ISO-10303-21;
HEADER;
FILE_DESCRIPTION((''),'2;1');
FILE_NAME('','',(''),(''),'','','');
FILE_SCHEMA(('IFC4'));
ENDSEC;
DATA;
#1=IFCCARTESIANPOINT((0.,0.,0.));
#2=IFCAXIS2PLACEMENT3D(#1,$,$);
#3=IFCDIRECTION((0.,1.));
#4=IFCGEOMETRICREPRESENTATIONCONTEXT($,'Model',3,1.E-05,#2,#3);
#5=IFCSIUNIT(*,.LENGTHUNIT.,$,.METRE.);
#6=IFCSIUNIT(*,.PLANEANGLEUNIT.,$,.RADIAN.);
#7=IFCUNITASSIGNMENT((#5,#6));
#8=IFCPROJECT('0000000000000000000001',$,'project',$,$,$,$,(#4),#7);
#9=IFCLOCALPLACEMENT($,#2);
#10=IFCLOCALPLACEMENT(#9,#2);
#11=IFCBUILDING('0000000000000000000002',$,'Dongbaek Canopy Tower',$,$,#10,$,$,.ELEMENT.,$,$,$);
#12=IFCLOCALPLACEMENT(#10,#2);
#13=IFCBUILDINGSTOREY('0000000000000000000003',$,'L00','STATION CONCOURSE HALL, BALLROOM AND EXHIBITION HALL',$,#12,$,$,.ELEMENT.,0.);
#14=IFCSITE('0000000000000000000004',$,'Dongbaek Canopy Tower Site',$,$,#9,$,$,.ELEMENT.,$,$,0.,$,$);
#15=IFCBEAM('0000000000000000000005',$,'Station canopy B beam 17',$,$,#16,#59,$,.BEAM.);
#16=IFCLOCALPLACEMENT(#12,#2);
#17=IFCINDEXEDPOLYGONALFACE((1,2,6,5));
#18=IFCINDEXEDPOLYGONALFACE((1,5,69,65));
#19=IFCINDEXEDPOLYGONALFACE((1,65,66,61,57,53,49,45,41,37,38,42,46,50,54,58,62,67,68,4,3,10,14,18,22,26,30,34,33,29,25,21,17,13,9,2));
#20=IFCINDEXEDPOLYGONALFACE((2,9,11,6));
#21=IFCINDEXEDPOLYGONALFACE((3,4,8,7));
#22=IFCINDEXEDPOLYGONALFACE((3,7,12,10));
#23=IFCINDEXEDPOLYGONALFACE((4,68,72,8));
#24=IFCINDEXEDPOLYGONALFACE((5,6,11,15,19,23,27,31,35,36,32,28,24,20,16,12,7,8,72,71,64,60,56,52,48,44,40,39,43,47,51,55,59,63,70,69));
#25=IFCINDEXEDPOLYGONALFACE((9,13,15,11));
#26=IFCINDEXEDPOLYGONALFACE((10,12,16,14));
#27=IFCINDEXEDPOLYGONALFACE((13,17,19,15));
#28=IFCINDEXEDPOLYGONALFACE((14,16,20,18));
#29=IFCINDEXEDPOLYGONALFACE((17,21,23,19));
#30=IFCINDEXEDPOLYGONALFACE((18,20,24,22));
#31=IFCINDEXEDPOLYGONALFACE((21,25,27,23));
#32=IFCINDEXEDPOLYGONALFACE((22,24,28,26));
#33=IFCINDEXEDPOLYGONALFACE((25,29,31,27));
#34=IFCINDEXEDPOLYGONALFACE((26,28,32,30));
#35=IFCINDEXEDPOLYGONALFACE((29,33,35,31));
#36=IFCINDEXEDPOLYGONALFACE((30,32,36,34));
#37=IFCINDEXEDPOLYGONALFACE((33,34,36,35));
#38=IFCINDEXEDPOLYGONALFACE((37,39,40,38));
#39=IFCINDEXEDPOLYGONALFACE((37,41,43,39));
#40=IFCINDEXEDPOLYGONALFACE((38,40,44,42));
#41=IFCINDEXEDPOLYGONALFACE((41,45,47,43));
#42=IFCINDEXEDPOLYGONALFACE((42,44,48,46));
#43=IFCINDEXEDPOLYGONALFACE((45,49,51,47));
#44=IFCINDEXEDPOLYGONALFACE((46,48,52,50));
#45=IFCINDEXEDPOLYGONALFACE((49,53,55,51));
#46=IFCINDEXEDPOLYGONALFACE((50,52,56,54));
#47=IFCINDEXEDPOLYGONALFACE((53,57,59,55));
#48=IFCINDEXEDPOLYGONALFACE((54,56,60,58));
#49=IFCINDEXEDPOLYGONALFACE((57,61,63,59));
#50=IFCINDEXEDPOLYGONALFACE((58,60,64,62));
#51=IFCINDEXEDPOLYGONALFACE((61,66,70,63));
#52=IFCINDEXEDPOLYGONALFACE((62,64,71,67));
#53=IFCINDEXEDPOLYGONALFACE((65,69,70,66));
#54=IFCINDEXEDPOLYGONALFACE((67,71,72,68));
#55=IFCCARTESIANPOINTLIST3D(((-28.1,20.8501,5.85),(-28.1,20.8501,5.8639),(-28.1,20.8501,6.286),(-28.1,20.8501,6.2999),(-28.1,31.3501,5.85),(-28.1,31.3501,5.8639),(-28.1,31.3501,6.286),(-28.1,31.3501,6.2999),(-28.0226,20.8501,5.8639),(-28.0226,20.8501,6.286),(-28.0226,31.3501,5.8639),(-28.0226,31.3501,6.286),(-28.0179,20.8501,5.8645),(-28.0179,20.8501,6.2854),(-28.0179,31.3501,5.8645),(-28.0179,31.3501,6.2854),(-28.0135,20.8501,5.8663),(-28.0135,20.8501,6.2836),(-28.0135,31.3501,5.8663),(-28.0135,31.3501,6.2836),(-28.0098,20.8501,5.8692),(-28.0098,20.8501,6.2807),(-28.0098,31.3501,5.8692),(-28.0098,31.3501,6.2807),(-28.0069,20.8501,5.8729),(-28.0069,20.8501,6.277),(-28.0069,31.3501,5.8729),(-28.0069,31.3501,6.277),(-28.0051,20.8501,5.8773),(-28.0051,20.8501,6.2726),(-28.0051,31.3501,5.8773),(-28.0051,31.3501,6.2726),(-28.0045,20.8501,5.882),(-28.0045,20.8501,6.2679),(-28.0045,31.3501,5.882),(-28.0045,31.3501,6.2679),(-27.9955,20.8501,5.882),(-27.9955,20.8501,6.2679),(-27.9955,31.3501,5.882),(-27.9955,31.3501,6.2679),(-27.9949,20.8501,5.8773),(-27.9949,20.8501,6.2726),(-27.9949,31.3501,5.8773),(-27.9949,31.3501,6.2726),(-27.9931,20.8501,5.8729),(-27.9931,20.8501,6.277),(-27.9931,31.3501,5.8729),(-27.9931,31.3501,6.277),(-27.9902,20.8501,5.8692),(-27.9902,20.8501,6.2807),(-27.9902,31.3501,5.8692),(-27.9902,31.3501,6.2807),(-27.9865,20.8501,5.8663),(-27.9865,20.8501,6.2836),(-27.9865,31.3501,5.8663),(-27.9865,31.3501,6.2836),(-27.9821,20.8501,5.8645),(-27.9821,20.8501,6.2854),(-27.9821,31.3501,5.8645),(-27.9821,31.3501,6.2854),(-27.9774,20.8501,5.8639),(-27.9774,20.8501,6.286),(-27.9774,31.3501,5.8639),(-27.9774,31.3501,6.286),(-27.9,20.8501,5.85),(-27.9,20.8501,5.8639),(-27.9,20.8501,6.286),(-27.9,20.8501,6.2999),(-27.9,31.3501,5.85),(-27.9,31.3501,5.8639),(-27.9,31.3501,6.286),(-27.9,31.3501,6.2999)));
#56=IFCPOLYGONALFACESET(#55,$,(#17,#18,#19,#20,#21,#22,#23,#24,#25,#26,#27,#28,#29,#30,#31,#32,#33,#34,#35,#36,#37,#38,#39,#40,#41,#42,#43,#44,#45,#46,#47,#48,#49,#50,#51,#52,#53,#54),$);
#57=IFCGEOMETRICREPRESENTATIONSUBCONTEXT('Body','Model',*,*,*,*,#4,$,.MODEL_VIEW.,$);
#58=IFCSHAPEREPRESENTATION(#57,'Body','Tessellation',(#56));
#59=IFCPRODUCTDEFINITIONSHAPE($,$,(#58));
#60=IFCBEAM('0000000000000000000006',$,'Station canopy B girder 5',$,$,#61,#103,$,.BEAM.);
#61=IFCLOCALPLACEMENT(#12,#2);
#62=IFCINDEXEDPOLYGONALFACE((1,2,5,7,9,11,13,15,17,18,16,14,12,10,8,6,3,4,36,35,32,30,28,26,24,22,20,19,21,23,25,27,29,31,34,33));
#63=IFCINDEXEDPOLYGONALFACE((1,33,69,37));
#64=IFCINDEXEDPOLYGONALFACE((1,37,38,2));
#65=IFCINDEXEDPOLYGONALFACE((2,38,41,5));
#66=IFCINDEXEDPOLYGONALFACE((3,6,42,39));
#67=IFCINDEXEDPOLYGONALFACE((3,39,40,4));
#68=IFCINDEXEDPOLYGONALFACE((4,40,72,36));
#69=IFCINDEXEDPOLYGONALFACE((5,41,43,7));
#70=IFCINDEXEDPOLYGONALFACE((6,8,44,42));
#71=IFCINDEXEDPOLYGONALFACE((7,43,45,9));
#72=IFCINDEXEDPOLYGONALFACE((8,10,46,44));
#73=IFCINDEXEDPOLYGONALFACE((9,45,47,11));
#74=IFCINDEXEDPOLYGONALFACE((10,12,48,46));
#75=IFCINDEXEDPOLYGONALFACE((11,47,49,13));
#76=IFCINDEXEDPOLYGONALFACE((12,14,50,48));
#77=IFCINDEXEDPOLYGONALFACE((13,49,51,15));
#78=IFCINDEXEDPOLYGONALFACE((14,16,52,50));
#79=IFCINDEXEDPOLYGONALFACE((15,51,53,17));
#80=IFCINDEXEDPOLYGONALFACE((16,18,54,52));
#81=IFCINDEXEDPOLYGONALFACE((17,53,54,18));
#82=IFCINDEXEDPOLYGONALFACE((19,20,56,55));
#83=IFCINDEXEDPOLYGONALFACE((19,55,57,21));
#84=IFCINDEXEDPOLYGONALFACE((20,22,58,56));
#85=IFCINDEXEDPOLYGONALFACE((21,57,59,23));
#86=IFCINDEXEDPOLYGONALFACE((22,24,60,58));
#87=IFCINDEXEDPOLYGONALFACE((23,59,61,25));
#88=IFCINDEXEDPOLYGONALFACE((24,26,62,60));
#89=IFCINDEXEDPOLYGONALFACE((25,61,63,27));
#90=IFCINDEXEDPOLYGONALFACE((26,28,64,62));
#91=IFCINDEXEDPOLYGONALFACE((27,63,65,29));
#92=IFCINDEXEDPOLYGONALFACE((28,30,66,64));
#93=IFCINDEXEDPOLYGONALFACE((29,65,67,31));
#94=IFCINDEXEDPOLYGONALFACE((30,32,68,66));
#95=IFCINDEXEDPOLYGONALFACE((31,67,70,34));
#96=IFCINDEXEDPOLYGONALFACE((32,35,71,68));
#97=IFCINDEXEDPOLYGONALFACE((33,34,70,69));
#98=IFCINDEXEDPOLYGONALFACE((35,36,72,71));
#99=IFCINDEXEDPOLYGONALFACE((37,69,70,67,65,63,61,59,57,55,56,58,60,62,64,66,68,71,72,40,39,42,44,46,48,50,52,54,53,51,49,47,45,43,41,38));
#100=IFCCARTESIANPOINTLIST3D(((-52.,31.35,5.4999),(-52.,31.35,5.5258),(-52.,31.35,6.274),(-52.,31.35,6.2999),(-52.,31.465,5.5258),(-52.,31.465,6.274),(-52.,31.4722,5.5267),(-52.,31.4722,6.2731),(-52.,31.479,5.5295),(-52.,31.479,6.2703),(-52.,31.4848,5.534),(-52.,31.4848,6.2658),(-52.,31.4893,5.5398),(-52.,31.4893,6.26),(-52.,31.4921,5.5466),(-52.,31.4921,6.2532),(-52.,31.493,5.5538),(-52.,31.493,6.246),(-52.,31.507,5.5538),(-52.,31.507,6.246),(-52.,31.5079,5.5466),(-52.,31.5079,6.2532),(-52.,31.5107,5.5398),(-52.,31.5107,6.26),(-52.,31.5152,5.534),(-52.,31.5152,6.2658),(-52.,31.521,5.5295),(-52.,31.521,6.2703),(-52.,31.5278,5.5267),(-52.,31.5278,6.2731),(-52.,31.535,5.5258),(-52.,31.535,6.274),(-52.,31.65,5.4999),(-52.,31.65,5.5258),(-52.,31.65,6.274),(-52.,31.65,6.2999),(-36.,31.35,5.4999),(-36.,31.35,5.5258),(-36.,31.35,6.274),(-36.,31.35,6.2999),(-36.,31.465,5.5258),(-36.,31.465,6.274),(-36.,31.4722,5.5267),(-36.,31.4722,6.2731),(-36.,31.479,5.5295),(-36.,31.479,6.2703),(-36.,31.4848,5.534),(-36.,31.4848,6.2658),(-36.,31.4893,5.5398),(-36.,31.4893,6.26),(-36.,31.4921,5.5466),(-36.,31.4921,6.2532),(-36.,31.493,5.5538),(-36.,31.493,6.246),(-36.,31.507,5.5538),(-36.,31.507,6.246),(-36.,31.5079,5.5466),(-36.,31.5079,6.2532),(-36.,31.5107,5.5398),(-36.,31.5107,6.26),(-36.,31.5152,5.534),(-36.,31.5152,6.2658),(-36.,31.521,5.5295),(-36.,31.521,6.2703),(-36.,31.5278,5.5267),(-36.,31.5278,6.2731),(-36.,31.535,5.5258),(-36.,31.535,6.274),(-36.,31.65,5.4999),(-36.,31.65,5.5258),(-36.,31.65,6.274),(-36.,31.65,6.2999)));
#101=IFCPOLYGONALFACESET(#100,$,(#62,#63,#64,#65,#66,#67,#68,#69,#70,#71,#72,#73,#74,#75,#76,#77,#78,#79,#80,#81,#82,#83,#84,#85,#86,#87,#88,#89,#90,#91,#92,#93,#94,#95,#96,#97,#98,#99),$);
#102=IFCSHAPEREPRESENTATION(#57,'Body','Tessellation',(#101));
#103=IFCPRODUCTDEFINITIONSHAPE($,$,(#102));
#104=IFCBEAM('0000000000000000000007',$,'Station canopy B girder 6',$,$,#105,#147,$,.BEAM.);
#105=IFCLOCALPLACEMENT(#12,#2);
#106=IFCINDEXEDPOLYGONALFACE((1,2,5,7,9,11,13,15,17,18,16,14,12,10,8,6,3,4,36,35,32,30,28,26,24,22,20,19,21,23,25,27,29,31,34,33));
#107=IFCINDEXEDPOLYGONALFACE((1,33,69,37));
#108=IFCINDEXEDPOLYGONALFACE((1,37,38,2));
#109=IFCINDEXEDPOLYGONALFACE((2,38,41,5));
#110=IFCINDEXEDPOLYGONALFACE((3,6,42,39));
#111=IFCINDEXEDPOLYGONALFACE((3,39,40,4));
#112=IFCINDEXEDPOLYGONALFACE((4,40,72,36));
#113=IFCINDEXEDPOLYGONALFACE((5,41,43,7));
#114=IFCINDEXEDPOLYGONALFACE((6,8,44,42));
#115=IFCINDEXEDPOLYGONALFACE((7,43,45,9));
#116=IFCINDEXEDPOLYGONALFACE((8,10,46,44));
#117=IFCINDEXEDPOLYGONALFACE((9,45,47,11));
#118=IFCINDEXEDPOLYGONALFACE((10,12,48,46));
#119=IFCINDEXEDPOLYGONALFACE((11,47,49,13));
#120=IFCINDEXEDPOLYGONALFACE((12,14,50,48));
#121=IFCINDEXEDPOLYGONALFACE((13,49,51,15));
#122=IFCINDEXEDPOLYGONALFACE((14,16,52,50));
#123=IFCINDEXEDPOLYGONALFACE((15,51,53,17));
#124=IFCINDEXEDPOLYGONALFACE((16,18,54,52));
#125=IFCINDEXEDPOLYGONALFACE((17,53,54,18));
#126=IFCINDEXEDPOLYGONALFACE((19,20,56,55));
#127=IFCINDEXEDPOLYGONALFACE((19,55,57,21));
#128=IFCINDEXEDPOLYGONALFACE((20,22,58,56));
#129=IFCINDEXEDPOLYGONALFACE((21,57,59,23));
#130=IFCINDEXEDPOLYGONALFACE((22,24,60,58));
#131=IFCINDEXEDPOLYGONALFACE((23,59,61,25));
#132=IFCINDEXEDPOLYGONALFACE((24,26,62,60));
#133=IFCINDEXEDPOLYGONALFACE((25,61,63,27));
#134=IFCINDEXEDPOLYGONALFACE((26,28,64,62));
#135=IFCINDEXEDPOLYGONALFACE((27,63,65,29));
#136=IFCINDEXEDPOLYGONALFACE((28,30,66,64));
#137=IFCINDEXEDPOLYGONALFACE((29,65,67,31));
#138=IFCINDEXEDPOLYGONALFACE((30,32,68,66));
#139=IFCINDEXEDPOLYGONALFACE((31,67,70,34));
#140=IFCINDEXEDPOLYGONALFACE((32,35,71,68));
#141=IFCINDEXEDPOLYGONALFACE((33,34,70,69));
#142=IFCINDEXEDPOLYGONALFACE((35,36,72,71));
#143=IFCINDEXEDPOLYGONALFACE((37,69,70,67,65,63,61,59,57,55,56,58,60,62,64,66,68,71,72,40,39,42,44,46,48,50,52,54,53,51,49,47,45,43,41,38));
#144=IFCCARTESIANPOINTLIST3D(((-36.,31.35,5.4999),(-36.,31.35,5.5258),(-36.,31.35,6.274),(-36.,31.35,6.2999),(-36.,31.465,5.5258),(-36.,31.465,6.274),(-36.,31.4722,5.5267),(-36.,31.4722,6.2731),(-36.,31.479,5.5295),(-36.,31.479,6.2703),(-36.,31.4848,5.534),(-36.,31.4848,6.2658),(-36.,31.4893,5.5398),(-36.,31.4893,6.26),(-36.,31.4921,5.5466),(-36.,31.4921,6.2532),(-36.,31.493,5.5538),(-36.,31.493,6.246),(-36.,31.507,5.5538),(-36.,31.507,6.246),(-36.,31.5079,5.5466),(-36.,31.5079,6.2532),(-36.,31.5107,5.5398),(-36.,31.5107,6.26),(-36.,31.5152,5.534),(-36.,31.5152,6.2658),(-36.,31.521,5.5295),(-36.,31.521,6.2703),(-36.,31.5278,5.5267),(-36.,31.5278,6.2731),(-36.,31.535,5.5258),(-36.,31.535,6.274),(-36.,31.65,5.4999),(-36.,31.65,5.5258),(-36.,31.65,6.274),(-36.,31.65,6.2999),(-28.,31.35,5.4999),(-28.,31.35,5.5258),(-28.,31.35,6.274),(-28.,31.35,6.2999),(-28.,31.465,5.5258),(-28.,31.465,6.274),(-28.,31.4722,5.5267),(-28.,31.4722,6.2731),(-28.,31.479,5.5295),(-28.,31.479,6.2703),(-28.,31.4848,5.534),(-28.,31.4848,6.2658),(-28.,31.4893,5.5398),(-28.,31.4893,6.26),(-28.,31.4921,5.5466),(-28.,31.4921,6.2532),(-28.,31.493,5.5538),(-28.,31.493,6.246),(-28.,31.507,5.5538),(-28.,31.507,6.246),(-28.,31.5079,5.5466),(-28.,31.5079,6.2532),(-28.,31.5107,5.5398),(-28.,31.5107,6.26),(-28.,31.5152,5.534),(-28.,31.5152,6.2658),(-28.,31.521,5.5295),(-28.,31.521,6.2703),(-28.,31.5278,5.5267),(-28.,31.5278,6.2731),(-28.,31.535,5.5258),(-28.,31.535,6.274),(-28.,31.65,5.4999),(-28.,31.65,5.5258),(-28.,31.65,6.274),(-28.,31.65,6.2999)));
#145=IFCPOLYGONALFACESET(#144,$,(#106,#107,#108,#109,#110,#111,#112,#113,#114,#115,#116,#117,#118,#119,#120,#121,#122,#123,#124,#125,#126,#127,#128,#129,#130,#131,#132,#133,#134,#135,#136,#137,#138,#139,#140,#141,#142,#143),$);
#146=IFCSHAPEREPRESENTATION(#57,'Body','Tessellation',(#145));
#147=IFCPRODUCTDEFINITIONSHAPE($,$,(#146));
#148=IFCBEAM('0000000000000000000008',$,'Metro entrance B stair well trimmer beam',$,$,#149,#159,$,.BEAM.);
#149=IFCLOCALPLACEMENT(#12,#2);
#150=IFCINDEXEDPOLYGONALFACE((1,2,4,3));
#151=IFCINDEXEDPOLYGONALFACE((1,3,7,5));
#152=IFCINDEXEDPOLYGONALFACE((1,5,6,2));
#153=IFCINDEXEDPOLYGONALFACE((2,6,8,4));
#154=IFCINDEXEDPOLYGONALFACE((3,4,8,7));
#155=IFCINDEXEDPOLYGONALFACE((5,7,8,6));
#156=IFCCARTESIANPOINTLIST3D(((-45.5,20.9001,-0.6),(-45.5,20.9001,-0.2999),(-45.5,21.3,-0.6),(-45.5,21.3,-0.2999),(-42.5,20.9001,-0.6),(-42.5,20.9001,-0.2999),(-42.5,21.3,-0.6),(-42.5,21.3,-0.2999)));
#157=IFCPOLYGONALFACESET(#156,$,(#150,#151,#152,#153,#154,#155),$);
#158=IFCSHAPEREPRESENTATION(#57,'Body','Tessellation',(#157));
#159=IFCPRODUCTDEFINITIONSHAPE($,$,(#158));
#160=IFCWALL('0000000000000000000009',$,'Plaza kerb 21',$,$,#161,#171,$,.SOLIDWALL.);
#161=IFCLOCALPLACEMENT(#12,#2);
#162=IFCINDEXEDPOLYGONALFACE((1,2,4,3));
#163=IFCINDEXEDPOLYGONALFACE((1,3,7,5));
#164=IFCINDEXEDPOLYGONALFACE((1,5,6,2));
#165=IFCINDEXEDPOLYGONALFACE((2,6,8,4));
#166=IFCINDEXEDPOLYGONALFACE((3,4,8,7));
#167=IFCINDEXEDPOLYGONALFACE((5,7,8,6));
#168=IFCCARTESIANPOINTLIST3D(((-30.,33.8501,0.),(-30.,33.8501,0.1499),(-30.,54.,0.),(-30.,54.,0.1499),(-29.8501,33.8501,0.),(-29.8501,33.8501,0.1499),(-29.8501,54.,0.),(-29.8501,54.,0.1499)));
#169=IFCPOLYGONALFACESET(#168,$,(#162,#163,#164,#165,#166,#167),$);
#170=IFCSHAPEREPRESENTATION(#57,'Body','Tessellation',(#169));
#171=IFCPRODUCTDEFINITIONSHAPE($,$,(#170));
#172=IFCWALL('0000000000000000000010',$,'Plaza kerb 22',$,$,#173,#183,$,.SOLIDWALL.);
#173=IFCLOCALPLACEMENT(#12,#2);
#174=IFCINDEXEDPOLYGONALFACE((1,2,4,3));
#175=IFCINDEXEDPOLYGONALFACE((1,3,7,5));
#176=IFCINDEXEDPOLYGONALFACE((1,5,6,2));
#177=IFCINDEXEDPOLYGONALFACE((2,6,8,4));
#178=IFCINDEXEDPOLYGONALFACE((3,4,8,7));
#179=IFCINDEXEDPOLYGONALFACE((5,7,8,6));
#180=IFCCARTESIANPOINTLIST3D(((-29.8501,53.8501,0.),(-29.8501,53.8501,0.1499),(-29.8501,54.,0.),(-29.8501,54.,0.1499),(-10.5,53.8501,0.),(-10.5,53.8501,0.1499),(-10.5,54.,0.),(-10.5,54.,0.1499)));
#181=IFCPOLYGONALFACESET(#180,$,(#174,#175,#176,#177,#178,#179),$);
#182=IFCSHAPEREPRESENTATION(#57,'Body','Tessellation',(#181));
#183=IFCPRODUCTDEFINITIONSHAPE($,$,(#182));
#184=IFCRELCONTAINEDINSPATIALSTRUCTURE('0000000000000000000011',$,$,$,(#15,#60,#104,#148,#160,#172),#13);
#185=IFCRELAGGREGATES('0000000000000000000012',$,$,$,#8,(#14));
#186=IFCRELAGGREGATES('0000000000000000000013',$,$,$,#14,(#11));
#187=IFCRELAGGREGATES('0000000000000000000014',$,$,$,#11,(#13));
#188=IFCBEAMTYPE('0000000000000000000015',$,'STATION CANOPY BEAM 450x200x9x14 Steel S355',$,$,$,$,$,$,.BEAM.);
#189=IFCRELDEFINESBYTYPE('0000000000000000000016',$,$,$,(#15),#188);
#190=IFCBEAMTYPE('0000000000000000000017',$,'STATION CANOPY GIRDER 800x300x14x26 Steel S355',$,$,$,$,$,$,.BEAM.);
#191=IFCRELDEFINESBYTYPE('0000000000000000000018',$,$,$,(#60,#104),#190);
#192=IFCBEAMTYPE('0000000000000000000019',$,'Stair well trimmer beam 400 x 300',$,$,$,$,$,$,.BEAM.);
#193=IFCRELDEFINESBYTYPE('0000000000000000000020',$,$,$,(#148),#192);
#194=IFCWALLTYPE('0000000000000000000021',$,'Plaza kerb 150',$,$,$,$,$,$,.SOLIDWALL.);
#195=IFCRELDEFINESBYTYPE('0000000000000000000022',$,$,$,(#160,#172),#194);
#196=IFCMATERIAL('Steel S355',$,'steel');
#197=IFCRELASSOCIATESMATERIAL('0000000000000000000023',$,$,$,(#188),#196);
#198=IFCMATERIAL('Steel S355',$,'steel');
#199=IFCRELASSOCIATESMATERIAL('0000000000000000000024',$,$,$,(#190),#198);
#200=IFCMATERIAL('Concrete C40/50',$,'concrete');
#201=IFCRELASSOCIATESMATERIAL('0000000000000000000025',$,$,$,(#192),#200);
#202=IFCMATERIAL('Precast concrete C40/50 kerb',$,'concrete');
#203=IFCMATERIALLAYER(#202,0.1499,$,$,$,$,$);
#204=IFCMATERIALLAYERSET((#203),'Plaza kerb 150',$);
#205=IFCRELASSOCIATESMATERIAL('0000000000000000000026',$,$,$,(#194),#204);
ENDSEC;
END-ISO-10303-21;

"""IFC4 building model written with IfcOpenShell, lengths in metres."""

from ifc_helpers import new_model, si_unit, direction, frame, frame_2d, origin, origin_2d, place, context, subcontext, project, spatial, rectangle, i_section, extrude, material, layer, layer_set, material_profile, profile_set, type_object, element, save


model = new_model("IFC4")

# Units and contexts
model_context = context("Model", 3, precision=1e-05, world=origin(), true_north=direction((0.0, 1.0)))
body_context = subcontext(model_context, "Body", "Model", "MODEL_VIEW")
ifc_project = project(units=[si_unit("LENGTHUNIT", "METRE"), si_unit("PLANEANGLEUNIT", "RADIAN")], contexts=[model_context])

# Site, building, storey
site_placement = place(None, origin())
site = spatial("IfcSite", under=ifc_project, at=site_placement, Name="Dongbaek Canopy Tower Site", CompositionType="ELEMENT", RefElevation=0.0)
building_placement = place(site_placement, origin())
building = spatial("IfcBuilding", under=site, at=building_placement, Name="Dongbaek Canopy Tower", CompositionType="ELEMENT")
storey_placement = place(building_placement, origin())
storey = spatial("IfcBuildingStorey", under=building, at=storey_placement, Name="L00", Description="STATION CONCOURSE HALL, BALLROOM AND EXHIBITION HALL", CompositionType="ELEMENT", Elevation=0.0)

# Beams
ifc_material_1 = material(Name="Steel S355", Category="steel")
ifc_material_profile_1 = material_profile(ifc_material_1, i_section(OverallWidth=0.2, OverallDepth=0.45, WebThickness=0.009, FlangeThickness=0.0139, FilletRadius=0.0181, at=origin_2d()), Name="STATION CANOPY BEAM 450x200x9x14 Steel S355")
ifc_profile_set_1 = profile_set([ifc_material_profile_1], Name="Steel S355")
beam_type_1 = type_object("IfcBeamType", Name="STATION CANOPY BEAM 450x200x9x14 Steel S355", PredefinedType="BEAM", material=ifc_profile_set_1)
for number, where, z_axis, x_axis, name in (
    (1, (-28.0, 20.8501, 6.075), (0.0, 1.0, 0.0), (-1.0, 0.0, 0.0), "Station canopy B beam 17"),
):
    element("IfcBeam", number, at=place(storey_placement, frame(where, z_axis=z_axis, x_axis=x_axis)), inside=storey, type_object=beam_type_1, Name=name, PredefinedType="BEAM", context=body_context, shape_type="SweptSolid", body=[
        extrude(i_section(OverallWidth=0.2, OverallDepth=0.45, WebThickness=0.009, FlangeThickness=0.0139, FilletRadius=0.0181, at=origin_2d()), origin(), (0.0, 0.0, 1.0), 10.5),
    ])
ifc_material_2 = material(Name="Steel S355", Category="steel")
ifc_material_profile_2 = material_profile(ifc_material_2, i_section(OverallWidth=0.3, OverallDepth=0.8, WebThickness=0.0139, FlangeThickness=0.0259, FilletRadius=0.0281, at=origin_2d()), Name="STATION CANOPY GIRDER 800x300x14x26 Steel S355")
ifc_profile_set_2 = profile_set([ifc_material_profile_2], Name="Steel S355")
beam_type_2 = type_object("IfcBeamType", Name="STATION CANOPY GIRDER 800x300x14x26 Steel S355", PredefinedType="BEAM", material=ifc_profile_set_2)
beam_1_placement = place(storey_placement, frame((-52.0, 31.5, 5.8999), z_axis=(1.0, 0.0, 0.0), x_axis=(0.0, 1.0, 0.0)))
element("IfcBeam", 2, at=beam_1_placement, inside=storey, type_object=beam_type_2, Name="Station canopy B girder 5", PredefinedType="BEAM", context=body_context, shape_type="SweptSolid", body=[
    extrude(i_section(OverallWidth=0.3, OverallDepth=0.8, WebThickness=0.0139, FlangeThickness=0.0259, FilletRadius=0.0281, at=origin_2d()), origin(), (0.0, 0.0, 1.0), 16.0),
])
beam_2_placement = place(storey_placement, frame((-36.0, 31.5, 5.8999), z_axis=(1.0, 0.0, 0.0), x_axis=(0.0, 1.0, 0.0)))
element("IfcBeam", 3, at=beam_2_placement, inside=storey, type_object=beam_type_2, Name="Station canopy B girder 6", PredefinedType="BEAM", context=body_context, shape_type="SweptSolid", body=[
    extrude(i_section(OverallWidth=0.3, OverallDepth=0.8, WebThickness=0.0139, FlangeThickness=0.0259, FilletRadius=0.0281, at=origin_2d()), origin(), (0.0, 0.0, 1.0), 8.0),
])
ifc_material_3 = material(Name="Concrete C40/50", Category="concrete")
ifc_material_profile_3 = material_profile(ifc_material_3, rectangle(XDim=0.3999, YDim=0.3, at=origin_2d()), Name="Stair well trimmer beam 400 x 300")
ifc_profile_set_3 = profile_set([ifc_material_profile_3], Name="Concrete C40/50")
beam_type_3 = type_object("IfcBeamType", Name="Stair well trimmer beam 400 x 300", PredefinedType="BEAM", material=ifc_profile_set_3)
beam_3_placement = place(storey_placement, frame((-45.5, 21.1001, -0.45), z_axis=(1.0, 0.0, 0.0), x_axis=(0.0, 1.0, 0.0)))
element("IfcBeam", 4, at=beam_3_placement, inside=storey, type_object=beam_type_3, Name="Metro entrance B stair well trimmer beam", PredefinedType="BEAM", context=body_context, shape_type="SweptSolid", body=[
    extrude(rectangle(XDim=0.3999, YDim=0.3, at=origin_2d()), origin(), (0.0, 0.0, 1.0), 3.0),
])

# Walls
ifc_material_4 = material(Name="Precast concrete C40/50 kerb", Category="concrete")
ifc_layer_1 = layer(ifc_material_4, 0.1499)
ifc_layer_set_1 = layer_set([ifc_layer_1], Name="Plaza kerb 150")
wall_type_1 = type_object("IfcWallType", Name="Plaza kerb 150", PredefinedType="SOLIDWALL", material=ifc_layer_set_1)
wall_1_placement = place(storey_placement, frame((-29.925, 33.8501, 0.0), z_axis=(0.0, 0.0, 1.0), x_axis=(0.0, 1.0, 0.0)))
element("IfcWall", 5, at=wall_1_placement, inside=storey, type_object=wall_type_1, Name="Plaza kerb 21", PredefinedType="SOLIDWALL", context=body_context, shape_type="SweptSolid", body=[
    extrude(rectangle(XDim=20.1499, YDim=0.1499, at=frame_2d((10.075, 0.0))), origin(), (0.0, 0.0, 1.0), 0.1499),
])
wall_2_placement = place(storey_placement, frame((-29.8501, 53.925, 0.0), z_axis=(0.0, 0.0, 1.0), x_axis=(1.0, 0.0, 0.0)))
element("IfcWall", 6, at=wall_2_placement, inside=storey, type_object=wall_type_1, Name="Plaza kerb 22", PredefinedType="SOLIDWALL", context=body_context, shape_type="SweptSolid", body=[
    extrude(rectangle(XDim=19.3501, YDim=0.1499, at=frame_2d((9.675, 0.0))), origin(), (0.0, 0.0, 1.0), 0.1499),
])

save(model, "model.ifc")
